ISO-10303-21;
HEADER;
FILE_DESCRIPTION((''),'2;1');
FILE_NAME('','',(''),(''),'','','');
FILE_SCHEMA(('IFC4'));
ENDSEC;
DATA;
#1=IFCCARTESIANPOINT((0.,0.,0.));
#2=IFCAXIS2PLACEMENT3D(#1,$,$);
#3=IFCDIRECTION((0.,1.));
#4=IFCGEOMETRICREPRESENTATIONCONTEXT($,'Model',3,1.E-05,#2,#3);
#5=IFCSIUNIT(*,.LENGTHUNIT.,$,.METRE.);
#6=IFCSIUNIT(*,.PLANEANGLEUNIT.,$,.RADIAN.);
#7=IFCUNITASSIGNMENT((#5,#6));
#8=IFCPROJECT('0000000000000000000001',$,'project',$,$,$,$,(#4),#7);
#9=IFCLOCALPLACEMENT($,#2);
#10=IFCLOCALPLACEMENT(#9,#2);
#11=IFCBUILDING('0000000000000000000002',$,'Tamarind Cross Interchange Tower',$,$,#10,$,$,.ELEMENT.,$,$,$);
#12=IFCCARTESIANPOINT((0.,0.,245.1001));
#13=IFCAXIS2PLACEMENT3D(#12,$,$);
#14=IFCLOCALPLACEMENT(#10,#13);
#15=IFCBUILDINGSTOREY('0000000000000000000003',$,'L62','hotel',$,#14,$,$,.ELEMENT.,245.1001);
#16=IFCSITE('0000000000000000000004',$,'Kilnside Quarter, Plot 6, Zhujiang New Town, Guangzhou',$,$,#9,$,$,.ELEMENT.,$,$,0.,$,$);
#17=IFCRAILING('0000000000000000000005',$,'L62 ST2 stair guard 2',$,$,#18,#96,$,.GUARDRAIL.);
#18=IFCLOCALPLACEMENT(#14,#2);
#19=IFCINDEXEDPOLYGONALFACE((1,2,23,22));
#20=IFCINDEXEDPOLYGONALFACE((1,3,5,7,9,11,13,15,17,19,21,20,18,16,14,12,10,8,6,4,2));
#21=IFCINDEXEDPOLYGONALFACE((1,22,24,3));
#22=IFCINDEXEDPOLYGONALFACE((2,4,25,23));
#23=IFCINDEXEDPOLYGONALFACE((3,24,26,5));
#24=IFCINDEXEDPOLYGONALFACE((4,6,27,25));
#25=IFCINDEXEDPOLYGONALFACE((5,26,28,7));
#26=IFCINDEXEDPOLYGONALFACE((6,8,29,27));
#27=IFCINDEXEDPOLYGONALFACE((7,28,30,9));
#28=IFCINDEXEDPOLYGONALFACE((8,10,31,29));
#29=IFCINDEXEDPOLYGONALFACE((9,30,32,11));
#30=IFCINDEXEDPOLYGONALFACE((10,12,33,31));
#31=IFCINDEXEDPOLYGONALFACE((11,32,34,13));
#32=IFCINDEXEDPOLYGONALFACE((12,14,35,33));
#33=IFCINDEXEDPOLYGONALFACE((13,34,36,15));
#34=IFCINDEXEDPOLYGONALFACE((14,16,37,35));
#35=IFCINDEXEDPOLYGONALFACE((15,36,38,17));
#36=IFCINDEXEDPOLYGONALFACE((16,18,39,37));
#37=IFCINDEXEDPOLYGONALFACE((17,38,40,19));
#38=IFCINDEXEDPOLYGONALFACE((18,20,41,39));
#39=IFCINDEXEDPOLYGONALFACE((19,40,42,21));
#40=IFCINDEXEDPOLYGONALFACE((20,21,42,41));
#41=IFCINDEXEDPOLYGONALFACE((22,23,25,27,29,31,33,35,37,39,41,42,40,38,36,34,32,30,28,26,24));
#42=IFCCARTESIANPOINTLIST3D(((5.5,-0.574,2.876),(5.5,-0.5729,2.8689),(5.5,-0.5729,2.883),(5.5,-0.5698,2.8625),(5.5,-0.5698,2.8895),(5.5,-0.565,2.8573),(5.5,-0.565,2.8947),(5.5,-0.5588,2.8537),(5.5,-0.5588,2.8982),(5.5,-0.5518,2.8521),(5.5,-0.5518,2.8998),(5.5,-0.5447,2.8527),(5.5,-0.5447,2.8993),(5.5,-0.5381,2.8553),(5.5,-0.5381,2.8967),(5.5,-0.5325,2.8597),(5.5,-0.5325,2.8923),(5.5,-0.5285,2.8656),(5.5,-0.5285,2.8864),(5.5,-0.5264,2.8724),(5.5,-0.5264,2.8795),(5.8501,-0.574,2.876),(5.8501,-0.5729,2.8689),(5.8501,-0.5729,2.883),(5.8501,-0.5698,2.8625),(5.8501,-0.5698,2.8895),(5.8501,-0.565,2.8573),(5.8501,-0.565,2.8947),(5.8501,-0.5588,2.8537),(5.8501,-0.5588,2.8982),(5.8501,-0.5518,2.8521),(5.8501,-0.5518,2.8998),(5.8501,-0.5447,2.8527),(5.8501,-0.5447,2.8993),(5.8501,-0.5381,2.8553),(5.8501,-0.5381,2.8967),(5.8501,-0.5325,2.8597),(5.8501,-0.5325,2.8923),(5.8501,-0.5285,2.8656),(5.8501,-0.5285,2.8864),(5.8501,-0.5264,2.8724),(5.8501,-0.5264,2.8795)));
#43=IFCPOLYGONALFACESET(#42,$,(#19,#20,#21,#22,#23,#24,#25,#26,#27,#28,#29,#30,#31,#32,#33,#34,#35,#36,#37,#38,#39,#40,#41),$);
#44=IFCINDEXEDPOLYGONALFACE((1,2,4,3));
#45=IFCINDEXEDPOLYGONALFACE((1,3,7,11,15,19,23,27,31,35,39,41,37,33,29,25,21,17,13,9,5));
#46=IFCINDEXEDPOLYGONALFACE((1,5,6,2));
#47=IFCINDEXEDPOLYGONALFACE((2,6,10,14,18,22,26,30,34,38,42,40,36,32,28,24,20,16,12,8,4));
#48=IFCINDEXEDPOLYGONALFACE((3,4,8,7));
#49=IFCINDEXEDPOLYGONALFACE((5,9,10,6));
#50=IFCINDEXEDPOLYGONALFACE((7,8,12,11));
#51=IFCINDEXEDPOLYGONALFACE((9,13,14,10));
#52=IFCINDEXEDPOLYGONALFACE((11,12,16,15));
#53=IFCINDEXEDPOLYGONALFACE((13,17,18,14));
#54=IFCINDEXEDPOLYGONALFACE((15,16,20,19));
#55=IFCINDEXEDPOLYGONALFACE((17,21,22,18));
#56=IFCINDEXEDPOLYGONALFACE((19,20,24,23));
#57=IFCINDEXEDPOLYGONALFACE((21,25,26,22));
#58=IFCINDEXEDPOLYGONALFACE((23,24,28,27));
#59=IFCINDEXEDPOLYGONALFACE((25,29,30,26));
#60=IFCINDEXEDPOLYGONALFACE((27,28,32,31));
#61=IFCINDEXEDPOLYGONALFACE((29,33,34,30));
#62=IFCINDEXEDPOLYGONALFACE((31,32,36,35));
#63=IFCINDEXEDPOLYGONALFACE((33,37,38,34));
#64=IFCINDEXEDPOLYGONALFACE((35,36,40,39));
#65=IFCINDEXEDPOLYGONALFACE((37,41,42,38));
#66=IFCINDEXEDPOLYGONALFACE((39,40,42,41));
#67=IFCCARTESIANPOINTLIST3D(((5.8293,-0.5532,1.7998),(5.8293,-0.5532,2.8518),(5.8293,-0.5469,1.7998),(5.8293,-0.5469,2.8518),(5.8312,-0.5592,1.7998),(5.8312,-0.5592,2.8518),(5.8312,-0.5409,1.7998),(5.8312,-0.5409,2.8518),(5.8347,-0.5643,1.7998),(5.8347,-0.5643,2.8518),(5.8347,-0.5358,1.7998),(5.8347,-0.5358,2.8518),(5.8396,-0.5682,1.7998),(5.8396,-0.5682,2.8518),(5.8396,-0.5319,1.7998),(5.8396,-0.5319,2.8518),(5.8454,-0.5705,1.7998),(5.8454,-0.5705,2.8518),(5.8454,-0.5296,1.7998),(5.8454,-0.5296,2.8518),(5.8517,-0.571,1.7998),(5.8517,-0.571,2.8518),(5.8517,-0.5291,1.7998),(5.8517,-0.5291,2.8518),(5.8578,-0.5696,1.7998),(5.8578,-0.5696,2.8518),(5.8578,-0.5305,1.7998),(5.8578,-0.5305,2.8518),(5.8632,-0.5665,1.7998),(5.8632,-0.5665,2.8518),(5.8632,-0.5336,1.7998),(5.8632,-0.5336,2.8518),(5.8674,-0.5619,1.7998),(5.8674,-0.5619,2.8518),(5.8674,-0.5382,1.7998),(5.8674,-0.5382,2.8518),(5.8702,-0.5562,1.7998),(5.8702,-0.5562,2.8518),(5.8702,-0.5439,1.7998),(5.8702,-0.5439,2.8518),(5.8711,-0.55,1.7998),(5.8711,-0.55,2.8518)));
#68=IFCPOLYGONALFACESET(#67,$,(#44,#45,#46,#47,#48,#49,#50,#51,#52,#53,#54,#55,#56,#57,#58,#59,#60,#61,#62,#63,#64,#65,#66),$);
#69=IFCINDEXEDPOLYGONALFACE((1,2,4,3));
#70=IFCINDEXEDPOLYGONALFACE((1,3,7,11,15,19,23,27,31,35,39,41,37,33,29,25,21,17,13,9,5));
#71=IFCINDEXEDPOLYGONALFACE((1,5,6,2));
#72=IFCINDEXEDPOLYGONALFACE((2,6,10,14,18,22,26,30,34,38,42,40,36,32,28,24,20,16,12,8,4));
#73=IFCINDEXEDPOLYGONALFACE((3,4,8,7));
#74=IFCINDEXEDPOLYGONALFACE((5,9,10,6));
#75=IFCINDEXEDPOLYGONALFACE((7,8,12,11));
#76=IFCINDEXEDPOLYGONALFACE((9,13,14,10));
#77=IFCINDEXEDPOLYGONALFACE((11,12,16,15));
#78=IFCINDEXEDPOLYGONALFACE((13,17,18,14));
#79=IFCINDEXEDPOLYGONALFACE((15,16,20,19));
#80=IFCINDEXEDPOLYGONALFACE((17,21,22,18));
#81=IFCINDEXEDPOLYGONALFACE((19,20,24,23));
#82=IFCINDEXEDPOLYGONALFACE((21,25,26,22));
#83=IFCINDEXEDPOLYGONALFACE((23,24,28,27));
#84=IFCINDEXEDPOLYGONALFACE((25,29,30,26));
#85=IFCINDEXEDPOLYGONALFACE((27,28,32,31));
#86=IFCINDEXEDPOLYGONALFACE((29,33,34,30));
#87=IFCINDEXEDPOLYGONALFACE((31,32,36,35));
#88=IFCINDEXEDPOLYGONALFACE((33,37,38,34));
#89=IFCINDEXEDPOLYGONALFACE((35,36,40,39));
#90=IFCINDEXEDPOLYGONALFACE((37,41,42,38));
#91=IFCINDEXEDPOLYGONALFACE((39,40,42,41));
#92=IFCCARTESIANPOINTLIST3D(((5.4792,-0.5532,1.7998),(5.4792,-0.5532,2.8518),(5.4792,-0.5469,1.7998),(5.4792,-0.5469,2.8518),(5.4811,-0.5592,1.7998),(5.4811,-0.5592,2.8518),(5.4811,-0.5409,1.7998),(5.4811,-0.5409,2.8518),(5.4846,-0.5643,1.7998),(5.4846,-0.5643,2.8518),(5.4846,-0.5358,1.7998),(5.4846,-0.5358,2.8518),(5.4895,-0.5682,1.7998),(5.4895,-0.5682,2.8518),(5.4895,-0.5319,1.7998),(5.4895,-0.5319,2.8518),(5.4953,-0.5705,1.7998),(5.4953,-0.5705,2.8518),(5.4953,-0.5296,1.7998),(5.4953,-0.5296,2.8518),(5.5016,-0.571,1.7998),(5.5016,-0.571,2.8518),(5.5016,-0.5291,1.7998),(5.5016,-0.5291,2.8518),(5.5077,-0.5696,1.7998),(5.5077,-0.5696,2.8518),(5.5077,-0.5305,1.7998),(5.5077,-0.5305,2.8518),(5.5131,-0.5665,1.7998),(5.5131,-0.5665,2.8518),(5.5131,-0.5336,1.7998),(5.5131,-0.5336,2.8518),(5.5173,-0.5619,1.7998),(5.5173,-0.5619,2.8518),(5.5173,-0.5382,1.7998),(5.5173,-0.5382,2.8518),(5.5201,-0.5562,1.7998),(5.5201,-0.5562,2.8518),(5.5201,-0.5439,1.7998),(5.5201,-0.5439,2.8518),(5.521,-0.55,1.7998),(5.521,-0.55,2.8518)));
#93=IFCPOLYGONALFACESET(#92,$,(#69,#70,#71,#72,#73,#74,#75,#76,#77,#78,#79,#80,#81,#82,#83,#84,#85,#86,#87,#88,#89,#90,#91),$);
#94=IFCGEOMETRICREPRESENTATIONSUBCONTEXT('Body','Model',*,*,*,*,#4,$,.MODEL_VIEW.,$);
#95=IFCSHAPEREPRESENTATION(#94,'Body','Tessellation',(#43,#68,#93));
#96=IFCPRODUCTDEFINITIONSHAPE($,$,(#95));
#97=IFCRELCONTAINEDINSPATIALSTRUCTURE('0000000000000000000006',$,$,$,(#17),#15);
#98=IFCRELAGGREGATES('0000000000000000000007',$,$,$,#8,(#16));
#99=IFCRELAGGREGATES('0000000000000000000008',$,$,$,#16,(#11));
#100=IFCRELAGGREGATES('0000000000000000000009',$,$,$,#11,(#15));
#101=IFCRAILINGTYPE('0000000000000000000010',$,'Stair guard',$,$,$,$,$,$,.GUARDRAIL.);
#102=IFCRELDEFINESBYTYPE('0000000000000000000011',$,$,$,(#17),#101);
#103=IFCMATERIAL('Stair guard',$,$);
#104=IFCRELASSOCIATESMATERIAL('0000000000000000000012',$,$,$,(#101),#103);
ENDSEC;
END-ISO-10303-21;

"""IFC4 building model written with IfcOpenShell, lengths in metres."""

from ifc_helpers import new_model, si_unit, direction, frame, origin, origin_2d, place, context, subcontext, project, spatial, circle, extrude, material, type_object, element, save


model = new_model("IFC4")

# Units and contexts
model_context = context("Model", 3, precision=1e-05, world=origin(), true_north=direction((0.0, 1.0)))
body_context = subcontext(model_context, "Body", "Model", "MODEL_VIEW")
ifc_project = project(units=[si_unit("LENGTHUNIT", "METRE"), si_unit("PLANEANGLEUNIT", "RADIAN")], contexts=[model_context])

# Site, building, storey
site_placement = place(None, origin())
site = spatial("IfcSite", under=ifc_project, at=site_placement, Name="Kilnside Quarter, Plot 6, Zhujiang New Town, Guangzhou", CompositionType="ELEMENT", RefElevation=0.0)
building_placement = place(site_placement, origin())
building = spatial("IfcBuilding", under=site, at=building_placement, Name="Tamarind Cross Interchange Tower", CompositionType="ELEMENT")
storey_placement = place(building_placement, frame((0.0, 0.0, 245.1001)))
storey = spatial("IfcBuildingStorey", under=building, at=storey_placement, Name="L62", Description="hotel", CompositionType="ELEMENT", Elevation=245.1001)

# Railing
ifc_material_1 = material(Name="Stair guard")
railing_type_1 = type_object("IfcRailingType", Name="Stair guard", PredefinedType="GUARDRAIL", material=ifc_material_1)
railing_1_placement = place(storey_placement, frame((5.8501, -0.55, 1.7998)))
element("IfcRailing", 1, at=railing_1_placement, inside=storey, type_object=railing_type_1, Name="L62 ST2 stair guard 2", PredefinedType="GUARDRAIL", context=body_context, shape_type="SweptSolid", body=[
    extrude(circle(Radius=0.0239, at=origin_2d()), frame((0.0, 0.0, 1.0762), z_axis=(-1.0, 0.0, 0.0), x_axis=(0.0, -1.0, 0.0)), (0.0, 0.0, 1.0), 0.3501),
    extrude(circle(Radius=0.021, at=origin_2d()), origin(), (0.0, 0.0, 1.0), 1.052),
    extrude(circle(Radius=0.021, at=origin_2d()), frame((-0.3501, 0.0, 0.0)), (0.0, 0.0, 1.0), 1.052),
])

save(model, "model.ifc")
